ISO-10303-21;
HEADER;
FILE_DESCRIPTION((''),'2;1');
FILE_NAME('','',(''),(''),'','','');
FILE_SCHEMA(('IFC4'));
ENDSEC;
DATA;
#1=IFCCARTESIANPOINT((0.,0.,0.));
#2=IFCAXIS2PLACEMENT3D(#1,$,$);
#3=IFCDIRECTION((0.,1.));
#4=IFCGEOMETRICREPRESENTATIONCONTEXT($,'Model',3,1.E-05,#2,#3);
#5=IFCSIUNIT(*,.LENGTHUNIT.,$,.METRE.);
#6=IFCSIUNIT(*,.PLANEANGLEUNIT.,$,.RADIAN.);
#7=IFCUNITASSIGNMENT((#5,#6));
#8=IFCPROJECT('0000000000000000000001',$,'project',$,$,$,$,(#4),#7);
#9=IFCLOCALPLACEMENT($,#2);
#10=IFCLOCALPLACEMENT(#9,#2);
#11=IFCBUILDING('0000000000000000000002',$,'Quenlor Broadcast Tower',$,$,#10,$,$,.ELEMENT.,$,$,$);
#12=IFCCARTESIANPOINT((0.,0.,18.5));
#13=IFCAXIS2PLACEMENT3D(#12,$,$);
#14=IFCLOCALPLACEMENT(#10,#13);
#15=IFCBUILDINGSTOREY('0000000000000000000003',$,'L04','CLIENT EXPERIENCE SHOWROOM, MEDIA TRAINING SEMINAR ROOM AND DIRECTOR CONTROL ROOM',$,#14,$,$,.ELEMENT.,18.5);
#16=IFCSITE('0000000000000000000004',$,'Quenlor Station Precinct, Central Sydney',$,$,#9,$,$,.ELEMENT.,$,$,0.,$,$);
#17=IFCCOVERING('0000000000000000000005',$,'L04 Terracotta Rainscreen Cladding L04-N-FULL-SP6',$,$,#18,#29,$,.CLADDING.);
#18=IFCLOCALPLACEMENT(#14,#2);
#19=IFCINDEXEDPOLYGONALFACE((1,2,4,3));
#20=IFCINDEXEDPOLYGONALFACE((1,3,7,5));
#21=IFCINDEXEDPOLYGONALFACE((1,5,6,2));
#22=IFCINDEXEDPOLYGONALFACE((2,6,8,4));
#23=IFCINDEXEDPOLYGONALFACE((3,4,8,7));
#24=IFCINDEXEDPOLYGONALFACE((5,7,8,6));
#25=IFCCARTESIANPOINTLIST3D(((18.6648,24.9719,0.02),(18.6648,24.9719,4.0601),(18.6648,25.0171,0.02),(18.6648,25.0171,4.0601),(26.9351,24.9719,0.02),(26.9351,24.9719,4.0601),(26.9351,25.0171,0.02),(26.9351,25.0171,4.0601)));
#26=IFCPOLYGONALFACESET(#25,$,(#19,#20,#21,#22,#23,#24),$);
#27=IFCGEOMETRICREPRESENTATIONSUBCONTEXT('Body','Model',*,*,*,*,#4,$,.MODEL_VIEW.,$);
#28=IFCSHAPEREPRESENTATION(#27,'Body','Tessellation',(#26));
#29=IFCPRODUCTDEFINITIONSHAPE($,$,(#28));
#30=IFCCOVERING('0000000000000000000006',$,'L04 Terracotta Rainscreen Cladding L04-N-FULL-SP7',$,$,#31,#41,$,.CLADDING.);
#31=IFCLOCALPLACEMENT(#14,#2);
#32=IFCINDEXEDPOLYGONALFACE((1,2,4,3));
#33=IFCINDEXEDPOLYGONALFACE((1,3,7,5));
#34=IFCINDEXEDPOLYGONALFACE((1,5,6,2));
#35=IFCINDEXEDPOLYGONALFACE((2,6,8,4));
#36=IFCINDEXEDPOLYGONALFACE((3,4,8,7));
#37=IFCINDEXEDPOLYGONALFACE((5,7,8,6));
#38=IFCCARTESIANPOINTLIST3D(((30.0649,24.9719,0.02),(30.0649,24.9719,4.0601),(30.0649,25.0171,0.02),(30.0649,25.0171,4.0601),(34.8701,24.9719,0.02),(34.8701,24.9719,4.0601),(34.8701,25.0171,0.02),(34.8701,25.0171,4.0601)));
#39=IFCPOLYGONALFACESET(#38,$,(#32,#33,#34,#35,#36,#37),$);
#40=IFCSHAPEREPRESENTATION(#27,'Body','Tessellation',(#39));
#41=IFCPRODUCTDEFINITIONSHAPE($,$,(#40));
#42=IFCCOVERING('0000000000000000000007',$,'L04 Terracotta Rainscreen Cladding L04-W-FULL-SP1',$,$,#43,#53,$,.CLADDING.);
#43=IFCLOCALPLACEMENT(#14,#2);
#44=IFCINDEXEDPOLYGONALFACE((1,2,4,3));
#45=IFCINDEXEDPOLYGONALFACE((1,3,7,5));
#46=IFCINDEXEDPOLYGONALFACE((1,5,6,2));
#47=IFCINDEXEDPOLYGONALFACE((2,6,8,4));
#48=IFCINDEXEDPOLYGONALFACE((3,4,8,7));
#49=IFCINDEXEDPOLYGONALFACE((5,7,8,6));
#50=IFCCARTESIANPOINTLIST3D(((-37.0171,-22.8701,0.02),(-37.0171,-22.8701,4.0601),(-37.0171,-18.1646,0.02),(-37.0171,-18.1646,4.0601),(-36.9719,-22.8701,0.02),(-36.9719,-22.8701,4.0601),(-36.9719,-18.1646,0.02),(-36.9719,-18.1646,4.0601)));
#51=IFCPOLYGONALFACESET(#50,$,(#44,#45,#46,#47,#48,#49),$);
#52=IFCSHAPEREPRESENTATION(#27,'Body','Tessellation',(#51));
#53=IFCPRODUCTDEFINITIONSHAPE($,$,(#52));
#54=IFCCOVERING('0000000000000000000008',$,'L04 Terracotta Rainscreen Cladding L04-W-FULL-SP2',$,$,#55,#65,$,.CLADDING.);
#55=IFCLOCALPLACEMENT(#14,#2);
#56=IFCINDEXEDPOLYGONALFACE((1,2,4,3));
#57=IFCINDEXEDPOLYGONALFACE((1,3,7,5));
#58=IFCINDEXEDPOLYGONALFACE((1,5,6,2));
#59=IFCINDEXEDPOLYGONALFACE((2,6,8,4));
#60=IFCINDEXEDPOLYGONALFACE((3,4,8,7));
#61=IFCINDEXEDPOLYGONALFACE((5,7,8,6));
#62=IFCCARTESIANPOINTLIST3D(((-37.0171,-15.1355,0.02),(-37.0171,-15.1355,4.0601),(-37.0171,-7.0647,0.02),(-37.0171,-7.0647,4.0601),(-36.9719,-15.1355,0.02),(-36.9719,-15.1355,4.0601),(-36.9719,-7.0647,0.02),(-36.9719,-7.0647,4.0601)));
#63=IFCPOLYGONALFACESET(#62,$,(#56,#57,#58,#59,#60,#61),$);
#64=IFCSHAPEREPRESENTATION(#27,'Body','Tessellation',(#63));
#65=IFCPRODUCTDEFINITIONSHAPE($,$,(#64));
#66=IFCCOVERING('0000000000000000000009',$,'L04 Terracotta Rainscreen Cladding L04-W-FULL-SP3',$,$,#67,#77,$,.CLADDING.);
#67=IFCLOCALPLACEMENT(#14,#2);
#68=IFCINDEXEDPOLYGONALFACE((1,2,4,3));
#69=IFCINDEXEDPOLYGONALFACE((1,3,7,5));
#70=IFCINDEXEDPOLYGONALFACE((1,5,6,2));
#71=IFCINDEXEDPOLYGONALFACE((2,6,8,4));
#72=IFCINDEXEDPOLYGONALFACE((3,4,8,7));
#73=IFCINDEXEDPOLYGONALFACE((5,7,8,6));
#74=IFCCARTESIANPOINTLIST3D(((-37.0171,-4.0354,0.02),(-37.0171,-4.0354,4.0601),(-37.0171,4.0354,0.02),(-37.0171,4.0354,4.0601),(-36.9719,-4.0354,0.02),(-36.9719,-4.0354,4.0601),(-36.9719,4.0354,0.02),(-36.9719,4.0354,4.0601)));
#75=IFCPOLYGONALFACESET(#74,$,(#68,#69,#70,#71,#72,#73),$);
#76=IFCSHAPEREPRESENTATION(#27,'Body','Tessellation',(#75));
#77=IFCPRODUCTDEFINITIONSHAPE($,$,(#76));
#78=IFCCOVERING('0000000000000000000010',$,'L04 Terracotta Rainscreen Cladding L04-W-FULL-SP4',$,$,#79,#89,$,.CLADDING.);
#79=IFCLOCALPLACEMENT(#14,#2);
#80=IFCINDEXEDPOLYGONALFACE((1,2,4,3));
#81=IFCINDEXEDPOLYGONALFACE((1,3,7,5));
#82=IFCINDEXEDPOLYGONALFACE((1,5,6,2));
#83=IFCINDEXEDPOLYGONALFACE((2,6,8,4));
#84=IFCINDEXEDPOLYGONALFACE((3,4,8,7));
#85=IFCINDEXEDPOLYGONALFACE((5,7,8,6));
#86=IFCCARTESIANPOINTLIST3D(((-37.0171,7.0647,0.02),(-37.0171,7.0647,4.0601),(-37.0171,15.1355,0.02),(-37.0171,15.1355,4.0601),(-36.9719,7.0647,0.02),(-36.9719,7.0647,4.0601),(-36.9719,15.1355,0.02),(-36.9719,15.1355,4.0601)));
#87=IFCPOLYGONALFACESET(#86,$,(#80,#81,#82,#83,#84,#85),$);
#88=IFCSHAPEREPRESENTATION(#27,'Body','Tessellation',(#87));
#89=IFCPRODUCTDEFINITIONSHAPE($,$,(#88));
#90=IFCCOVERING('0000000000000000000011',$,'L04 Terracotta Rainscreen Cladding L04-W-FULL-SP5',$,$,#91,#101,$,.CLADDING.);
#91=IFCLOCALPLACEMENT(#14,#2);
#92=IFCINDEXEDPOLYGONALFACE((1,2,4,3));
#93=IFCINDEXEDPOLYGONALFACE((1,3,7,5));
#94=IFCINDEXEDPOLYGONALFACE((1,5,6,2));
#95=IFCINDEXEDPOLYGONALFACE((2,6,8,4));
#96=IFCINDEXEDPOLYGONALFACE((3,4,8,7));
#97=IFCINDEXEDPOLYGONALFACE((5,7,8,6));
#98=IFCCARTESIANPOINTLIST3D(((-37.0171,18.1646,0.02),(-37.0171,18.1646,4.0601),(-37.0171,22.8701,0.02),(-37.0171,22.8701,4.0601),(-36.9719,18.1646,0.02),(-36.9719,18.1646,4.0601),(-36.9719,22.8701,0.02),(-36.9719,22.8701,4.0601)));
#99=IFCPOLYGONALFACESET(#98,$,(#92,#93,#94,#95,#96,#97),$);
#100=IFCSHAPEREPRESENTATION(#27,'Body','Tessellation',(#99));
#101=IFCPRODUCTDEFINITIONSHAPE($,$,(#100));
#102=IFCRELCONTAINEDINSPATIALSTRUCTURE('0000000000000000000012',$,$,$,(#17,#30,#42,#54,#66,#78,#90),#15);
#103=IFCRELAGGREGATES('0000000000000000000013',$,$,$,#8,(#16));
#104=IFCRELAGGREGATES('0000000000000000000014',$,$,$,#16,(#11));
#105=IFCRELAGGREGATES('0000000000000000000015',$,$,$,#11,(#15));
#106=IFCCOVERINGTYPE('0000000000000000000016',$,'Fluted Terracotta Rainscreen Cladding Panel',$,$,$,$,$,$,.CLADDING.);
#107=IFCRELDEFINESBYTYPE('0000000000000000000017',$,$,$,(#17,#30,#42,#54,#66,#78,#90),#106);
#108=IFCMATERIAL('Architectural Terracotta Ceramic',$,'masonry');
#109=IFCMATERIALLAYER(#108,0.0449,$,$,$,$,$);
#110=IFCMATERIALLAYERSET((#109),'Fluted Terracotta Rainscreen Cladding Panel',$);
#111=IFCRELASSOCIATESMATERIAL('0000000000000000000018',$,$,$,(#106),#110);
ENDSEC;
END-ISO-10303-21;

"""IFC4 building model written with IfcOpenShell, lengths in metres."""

from ifc_helpers import new_model, si_unit, direction, frame, origin, place, context, subcontext, project, spatial, polyline, outline, extrude, material, layer, layer_set, type_object, element, save


model = new_model("IFC4")

# Units and contexts
model_context = context("Model", 3, precision=1e-05, world=origin(), true_north=direction((0.0, 1.0)))
body_context = subcontext(model_context, "Body", "Model", "MODEL_VIEW")
ifc_project = project(units=[si_unit("LENGTHUNIT", "METRE"), si_unit("PLANEANGLEUNIT", "RADIAN")], contexts=[model_context])

# Site, building, storey
site_placement = place(None, origin())
site = spatial("IfcSite", under=ifc_project, at=site_placement, Name="Quenlor Station Precinct, Central Sydney", CompositionType="ELEMENT", RefElevation=0.0)
building_placement = place(site_placement, origin())
building = spatial("IfcBuilding", under=site, at=building_placement, Name="Quenlor Broadcast Tower", CompositionType="ELEMENT")
storey_placement = place(building_placement, frame((0.0, 0.0, 18.5)))
storey = spatial("IfcBuildingStorey", under=building, at=storey_placement, Name="L04", Description="CLIENT EXPERIENCE SHOWROOM, MEDIA TRAINING SEMINAR ROOM AND DIRECTOR CONTROL ROOM", CompositionType="ELEMENT", Elevation=18.5)

# Coverings
ifc_material_1 = material(Name="Architectural Terracotta Ceramic", Category="masonry")
ifc_layer_1 = layer(ifc_material_1, 0.0449)
ifc_layer_set_1 = layer_set([ifc_layer_1], Name="Fluted Terracotta Rainscreen Cladding Panel")
covering_type = type_object("IfcCoveringType", Name="Fluted Terracotta Rainscreen Cladding Panel", PredefinedType="CLADDING", material=ifc_layer_set_1)
covering_1_placement = place(storey_placement, frame((0.0, 0.0, 0.02)))
element("IfcCovering", 1, at=covering_1_placement, inside=storey, type_object=covering_type, Name="L04 Terracotta Rainscreen Cladding L04-N-FULL-SP6", PredefinedType="CLADDING", context=body_context, shape_type="SweptSolid", body=[
    extrude(outline(polyline([(18.6648, 24.9719), (26.9351, 24.9719), (26.9351, 25.0171), (18.6648, 25.0171), (18.6648, 24.9719)])), origin(), (0.0, 0.0, 1.0), 4.04),
])
covering_2_placement = place(storey_placement, frame((0.0, 0.0, 0.02)))
element("IfcCovering", 2, at=covering_2_placement, inside=storey, type_object=covering_type, Name="L04 Terracotta Rainscreen Cladding L04-N-FULL-SP7", PredefinedType="CLADDING", context=body_context, shape_type="SweptSolid", body=[
    extrude(outline(polyline([(30.0649, 24.9719), (34.8701, 24.9719), (34.8701, 25.0171), (30.0649, 25.0171), (30.0649, 24.9719)])), origin(), (0.0, 0.0, 1.0), 4.04),
])
covering_3_placement = place(storey_placement, frame((0.0, 0.0, 0.02)))
element("IfcCovering", 3, at=covering_3_placement, inside=storey, type_object=covering_type, Name="L04 Terracotta Rainscreen Cladding L04-W-FULL-SP1", PredefinedType="CLADDING", context=body_context, shape_type="SweptSolid", body=[
    extrude(outline(polyline([(-36.9719, -22.8701), (-36.9719, -18.1646), (-37.0171, -18.1646), (-37.0171, -22.8701), (-36.9719, -22.8701)])), origin(), (0.0, 0.0, 1.0), 4.04),
])
covering_4_placement = place(storey_placement, frame((0.0, 0.0, 0.02)))
element("IfcCovering", 4, at=covering_4_placement, inside=storey, type_object=covering_type, Name="L04 Terracotta Rainscreen Cladding L04-W-FULL-SP2", PredefinedType="CLADDING", context=body_context, shape_type="SweptSolid", body=[
    extrude(outline(polyline([(-36.9719, -15.1355), (-36.9719, -7.0647), (-37.0171, -7.0647), (-37.0171, -15.1355), (-36.9719, -15.1355)])), origin(), (0.0, 0.0, 1.0), 4.04),
])
covering_5_placement = place(storey_placement, frame((0.0, 0.0, 0.02)))
element("IfcCovering", 5, at=covering_5_placement, inside=storey, type_object=covering_type, Name="L04 Terracotta Rainscreen Cladding L04-W-FULL-SP3", PredefinedType="CLADDING", context=body_context, shape_type="SweptSolid", body=[
    extrude(outline(polyline([(-36.9719, -4.0354), (-36.9719, 4.0354), (-37.0171, 4.0354), (-37.0171, -4.0354), (-36.9719, -4.0354)])), origin(), (0.0, 0.0, 1.0), 4.04),
])
covering_6_placement = place(storey_placement, frame((0.0, 0.0, 0.02)))
element("IfcCovering", 6, at=covering_6_placement, inside=storey, type_object=covering_type, Name="L04 Terracotta Rainscreen Cladding L04-W-FULL-SP4", PredefinedType="CLADDING", context=body_context, shape_type="SweptSolid", body=[
    extrude(outline(polyline([(-36.9719, 7.0647), (-36.9719, 15.1355), (-37.0171, 15.1355), (-37.0171, 7.0647), (-36.9719, 7.0647)])), origin(), (0.0, 0.0, 1.0), 4.04),
])
covering_7_placement = place(storey_placement, frame((0.0, 0.0, 0.02)))
element("IfcCovering", 7, at=covering_7_placement, inside=storey, type_object=covering_type, Name="L04 Terracotta Rainscreen Cladding L04-W-FULL-SP5", PredefinedType="CLADDING", context=body_context, shape_type="SweptSolid", body=[
    extrude(outline(polyline([(-36.9719, 18.1646), (-36.9719, 22.8701), (-37.0171, 22.8701), (-37.0171, 18.1646), (-36.9719, 18.1646)])), origin(), (0.0, 0.0, 1.0), 4.04),
])

save(model, "model.ifc")
